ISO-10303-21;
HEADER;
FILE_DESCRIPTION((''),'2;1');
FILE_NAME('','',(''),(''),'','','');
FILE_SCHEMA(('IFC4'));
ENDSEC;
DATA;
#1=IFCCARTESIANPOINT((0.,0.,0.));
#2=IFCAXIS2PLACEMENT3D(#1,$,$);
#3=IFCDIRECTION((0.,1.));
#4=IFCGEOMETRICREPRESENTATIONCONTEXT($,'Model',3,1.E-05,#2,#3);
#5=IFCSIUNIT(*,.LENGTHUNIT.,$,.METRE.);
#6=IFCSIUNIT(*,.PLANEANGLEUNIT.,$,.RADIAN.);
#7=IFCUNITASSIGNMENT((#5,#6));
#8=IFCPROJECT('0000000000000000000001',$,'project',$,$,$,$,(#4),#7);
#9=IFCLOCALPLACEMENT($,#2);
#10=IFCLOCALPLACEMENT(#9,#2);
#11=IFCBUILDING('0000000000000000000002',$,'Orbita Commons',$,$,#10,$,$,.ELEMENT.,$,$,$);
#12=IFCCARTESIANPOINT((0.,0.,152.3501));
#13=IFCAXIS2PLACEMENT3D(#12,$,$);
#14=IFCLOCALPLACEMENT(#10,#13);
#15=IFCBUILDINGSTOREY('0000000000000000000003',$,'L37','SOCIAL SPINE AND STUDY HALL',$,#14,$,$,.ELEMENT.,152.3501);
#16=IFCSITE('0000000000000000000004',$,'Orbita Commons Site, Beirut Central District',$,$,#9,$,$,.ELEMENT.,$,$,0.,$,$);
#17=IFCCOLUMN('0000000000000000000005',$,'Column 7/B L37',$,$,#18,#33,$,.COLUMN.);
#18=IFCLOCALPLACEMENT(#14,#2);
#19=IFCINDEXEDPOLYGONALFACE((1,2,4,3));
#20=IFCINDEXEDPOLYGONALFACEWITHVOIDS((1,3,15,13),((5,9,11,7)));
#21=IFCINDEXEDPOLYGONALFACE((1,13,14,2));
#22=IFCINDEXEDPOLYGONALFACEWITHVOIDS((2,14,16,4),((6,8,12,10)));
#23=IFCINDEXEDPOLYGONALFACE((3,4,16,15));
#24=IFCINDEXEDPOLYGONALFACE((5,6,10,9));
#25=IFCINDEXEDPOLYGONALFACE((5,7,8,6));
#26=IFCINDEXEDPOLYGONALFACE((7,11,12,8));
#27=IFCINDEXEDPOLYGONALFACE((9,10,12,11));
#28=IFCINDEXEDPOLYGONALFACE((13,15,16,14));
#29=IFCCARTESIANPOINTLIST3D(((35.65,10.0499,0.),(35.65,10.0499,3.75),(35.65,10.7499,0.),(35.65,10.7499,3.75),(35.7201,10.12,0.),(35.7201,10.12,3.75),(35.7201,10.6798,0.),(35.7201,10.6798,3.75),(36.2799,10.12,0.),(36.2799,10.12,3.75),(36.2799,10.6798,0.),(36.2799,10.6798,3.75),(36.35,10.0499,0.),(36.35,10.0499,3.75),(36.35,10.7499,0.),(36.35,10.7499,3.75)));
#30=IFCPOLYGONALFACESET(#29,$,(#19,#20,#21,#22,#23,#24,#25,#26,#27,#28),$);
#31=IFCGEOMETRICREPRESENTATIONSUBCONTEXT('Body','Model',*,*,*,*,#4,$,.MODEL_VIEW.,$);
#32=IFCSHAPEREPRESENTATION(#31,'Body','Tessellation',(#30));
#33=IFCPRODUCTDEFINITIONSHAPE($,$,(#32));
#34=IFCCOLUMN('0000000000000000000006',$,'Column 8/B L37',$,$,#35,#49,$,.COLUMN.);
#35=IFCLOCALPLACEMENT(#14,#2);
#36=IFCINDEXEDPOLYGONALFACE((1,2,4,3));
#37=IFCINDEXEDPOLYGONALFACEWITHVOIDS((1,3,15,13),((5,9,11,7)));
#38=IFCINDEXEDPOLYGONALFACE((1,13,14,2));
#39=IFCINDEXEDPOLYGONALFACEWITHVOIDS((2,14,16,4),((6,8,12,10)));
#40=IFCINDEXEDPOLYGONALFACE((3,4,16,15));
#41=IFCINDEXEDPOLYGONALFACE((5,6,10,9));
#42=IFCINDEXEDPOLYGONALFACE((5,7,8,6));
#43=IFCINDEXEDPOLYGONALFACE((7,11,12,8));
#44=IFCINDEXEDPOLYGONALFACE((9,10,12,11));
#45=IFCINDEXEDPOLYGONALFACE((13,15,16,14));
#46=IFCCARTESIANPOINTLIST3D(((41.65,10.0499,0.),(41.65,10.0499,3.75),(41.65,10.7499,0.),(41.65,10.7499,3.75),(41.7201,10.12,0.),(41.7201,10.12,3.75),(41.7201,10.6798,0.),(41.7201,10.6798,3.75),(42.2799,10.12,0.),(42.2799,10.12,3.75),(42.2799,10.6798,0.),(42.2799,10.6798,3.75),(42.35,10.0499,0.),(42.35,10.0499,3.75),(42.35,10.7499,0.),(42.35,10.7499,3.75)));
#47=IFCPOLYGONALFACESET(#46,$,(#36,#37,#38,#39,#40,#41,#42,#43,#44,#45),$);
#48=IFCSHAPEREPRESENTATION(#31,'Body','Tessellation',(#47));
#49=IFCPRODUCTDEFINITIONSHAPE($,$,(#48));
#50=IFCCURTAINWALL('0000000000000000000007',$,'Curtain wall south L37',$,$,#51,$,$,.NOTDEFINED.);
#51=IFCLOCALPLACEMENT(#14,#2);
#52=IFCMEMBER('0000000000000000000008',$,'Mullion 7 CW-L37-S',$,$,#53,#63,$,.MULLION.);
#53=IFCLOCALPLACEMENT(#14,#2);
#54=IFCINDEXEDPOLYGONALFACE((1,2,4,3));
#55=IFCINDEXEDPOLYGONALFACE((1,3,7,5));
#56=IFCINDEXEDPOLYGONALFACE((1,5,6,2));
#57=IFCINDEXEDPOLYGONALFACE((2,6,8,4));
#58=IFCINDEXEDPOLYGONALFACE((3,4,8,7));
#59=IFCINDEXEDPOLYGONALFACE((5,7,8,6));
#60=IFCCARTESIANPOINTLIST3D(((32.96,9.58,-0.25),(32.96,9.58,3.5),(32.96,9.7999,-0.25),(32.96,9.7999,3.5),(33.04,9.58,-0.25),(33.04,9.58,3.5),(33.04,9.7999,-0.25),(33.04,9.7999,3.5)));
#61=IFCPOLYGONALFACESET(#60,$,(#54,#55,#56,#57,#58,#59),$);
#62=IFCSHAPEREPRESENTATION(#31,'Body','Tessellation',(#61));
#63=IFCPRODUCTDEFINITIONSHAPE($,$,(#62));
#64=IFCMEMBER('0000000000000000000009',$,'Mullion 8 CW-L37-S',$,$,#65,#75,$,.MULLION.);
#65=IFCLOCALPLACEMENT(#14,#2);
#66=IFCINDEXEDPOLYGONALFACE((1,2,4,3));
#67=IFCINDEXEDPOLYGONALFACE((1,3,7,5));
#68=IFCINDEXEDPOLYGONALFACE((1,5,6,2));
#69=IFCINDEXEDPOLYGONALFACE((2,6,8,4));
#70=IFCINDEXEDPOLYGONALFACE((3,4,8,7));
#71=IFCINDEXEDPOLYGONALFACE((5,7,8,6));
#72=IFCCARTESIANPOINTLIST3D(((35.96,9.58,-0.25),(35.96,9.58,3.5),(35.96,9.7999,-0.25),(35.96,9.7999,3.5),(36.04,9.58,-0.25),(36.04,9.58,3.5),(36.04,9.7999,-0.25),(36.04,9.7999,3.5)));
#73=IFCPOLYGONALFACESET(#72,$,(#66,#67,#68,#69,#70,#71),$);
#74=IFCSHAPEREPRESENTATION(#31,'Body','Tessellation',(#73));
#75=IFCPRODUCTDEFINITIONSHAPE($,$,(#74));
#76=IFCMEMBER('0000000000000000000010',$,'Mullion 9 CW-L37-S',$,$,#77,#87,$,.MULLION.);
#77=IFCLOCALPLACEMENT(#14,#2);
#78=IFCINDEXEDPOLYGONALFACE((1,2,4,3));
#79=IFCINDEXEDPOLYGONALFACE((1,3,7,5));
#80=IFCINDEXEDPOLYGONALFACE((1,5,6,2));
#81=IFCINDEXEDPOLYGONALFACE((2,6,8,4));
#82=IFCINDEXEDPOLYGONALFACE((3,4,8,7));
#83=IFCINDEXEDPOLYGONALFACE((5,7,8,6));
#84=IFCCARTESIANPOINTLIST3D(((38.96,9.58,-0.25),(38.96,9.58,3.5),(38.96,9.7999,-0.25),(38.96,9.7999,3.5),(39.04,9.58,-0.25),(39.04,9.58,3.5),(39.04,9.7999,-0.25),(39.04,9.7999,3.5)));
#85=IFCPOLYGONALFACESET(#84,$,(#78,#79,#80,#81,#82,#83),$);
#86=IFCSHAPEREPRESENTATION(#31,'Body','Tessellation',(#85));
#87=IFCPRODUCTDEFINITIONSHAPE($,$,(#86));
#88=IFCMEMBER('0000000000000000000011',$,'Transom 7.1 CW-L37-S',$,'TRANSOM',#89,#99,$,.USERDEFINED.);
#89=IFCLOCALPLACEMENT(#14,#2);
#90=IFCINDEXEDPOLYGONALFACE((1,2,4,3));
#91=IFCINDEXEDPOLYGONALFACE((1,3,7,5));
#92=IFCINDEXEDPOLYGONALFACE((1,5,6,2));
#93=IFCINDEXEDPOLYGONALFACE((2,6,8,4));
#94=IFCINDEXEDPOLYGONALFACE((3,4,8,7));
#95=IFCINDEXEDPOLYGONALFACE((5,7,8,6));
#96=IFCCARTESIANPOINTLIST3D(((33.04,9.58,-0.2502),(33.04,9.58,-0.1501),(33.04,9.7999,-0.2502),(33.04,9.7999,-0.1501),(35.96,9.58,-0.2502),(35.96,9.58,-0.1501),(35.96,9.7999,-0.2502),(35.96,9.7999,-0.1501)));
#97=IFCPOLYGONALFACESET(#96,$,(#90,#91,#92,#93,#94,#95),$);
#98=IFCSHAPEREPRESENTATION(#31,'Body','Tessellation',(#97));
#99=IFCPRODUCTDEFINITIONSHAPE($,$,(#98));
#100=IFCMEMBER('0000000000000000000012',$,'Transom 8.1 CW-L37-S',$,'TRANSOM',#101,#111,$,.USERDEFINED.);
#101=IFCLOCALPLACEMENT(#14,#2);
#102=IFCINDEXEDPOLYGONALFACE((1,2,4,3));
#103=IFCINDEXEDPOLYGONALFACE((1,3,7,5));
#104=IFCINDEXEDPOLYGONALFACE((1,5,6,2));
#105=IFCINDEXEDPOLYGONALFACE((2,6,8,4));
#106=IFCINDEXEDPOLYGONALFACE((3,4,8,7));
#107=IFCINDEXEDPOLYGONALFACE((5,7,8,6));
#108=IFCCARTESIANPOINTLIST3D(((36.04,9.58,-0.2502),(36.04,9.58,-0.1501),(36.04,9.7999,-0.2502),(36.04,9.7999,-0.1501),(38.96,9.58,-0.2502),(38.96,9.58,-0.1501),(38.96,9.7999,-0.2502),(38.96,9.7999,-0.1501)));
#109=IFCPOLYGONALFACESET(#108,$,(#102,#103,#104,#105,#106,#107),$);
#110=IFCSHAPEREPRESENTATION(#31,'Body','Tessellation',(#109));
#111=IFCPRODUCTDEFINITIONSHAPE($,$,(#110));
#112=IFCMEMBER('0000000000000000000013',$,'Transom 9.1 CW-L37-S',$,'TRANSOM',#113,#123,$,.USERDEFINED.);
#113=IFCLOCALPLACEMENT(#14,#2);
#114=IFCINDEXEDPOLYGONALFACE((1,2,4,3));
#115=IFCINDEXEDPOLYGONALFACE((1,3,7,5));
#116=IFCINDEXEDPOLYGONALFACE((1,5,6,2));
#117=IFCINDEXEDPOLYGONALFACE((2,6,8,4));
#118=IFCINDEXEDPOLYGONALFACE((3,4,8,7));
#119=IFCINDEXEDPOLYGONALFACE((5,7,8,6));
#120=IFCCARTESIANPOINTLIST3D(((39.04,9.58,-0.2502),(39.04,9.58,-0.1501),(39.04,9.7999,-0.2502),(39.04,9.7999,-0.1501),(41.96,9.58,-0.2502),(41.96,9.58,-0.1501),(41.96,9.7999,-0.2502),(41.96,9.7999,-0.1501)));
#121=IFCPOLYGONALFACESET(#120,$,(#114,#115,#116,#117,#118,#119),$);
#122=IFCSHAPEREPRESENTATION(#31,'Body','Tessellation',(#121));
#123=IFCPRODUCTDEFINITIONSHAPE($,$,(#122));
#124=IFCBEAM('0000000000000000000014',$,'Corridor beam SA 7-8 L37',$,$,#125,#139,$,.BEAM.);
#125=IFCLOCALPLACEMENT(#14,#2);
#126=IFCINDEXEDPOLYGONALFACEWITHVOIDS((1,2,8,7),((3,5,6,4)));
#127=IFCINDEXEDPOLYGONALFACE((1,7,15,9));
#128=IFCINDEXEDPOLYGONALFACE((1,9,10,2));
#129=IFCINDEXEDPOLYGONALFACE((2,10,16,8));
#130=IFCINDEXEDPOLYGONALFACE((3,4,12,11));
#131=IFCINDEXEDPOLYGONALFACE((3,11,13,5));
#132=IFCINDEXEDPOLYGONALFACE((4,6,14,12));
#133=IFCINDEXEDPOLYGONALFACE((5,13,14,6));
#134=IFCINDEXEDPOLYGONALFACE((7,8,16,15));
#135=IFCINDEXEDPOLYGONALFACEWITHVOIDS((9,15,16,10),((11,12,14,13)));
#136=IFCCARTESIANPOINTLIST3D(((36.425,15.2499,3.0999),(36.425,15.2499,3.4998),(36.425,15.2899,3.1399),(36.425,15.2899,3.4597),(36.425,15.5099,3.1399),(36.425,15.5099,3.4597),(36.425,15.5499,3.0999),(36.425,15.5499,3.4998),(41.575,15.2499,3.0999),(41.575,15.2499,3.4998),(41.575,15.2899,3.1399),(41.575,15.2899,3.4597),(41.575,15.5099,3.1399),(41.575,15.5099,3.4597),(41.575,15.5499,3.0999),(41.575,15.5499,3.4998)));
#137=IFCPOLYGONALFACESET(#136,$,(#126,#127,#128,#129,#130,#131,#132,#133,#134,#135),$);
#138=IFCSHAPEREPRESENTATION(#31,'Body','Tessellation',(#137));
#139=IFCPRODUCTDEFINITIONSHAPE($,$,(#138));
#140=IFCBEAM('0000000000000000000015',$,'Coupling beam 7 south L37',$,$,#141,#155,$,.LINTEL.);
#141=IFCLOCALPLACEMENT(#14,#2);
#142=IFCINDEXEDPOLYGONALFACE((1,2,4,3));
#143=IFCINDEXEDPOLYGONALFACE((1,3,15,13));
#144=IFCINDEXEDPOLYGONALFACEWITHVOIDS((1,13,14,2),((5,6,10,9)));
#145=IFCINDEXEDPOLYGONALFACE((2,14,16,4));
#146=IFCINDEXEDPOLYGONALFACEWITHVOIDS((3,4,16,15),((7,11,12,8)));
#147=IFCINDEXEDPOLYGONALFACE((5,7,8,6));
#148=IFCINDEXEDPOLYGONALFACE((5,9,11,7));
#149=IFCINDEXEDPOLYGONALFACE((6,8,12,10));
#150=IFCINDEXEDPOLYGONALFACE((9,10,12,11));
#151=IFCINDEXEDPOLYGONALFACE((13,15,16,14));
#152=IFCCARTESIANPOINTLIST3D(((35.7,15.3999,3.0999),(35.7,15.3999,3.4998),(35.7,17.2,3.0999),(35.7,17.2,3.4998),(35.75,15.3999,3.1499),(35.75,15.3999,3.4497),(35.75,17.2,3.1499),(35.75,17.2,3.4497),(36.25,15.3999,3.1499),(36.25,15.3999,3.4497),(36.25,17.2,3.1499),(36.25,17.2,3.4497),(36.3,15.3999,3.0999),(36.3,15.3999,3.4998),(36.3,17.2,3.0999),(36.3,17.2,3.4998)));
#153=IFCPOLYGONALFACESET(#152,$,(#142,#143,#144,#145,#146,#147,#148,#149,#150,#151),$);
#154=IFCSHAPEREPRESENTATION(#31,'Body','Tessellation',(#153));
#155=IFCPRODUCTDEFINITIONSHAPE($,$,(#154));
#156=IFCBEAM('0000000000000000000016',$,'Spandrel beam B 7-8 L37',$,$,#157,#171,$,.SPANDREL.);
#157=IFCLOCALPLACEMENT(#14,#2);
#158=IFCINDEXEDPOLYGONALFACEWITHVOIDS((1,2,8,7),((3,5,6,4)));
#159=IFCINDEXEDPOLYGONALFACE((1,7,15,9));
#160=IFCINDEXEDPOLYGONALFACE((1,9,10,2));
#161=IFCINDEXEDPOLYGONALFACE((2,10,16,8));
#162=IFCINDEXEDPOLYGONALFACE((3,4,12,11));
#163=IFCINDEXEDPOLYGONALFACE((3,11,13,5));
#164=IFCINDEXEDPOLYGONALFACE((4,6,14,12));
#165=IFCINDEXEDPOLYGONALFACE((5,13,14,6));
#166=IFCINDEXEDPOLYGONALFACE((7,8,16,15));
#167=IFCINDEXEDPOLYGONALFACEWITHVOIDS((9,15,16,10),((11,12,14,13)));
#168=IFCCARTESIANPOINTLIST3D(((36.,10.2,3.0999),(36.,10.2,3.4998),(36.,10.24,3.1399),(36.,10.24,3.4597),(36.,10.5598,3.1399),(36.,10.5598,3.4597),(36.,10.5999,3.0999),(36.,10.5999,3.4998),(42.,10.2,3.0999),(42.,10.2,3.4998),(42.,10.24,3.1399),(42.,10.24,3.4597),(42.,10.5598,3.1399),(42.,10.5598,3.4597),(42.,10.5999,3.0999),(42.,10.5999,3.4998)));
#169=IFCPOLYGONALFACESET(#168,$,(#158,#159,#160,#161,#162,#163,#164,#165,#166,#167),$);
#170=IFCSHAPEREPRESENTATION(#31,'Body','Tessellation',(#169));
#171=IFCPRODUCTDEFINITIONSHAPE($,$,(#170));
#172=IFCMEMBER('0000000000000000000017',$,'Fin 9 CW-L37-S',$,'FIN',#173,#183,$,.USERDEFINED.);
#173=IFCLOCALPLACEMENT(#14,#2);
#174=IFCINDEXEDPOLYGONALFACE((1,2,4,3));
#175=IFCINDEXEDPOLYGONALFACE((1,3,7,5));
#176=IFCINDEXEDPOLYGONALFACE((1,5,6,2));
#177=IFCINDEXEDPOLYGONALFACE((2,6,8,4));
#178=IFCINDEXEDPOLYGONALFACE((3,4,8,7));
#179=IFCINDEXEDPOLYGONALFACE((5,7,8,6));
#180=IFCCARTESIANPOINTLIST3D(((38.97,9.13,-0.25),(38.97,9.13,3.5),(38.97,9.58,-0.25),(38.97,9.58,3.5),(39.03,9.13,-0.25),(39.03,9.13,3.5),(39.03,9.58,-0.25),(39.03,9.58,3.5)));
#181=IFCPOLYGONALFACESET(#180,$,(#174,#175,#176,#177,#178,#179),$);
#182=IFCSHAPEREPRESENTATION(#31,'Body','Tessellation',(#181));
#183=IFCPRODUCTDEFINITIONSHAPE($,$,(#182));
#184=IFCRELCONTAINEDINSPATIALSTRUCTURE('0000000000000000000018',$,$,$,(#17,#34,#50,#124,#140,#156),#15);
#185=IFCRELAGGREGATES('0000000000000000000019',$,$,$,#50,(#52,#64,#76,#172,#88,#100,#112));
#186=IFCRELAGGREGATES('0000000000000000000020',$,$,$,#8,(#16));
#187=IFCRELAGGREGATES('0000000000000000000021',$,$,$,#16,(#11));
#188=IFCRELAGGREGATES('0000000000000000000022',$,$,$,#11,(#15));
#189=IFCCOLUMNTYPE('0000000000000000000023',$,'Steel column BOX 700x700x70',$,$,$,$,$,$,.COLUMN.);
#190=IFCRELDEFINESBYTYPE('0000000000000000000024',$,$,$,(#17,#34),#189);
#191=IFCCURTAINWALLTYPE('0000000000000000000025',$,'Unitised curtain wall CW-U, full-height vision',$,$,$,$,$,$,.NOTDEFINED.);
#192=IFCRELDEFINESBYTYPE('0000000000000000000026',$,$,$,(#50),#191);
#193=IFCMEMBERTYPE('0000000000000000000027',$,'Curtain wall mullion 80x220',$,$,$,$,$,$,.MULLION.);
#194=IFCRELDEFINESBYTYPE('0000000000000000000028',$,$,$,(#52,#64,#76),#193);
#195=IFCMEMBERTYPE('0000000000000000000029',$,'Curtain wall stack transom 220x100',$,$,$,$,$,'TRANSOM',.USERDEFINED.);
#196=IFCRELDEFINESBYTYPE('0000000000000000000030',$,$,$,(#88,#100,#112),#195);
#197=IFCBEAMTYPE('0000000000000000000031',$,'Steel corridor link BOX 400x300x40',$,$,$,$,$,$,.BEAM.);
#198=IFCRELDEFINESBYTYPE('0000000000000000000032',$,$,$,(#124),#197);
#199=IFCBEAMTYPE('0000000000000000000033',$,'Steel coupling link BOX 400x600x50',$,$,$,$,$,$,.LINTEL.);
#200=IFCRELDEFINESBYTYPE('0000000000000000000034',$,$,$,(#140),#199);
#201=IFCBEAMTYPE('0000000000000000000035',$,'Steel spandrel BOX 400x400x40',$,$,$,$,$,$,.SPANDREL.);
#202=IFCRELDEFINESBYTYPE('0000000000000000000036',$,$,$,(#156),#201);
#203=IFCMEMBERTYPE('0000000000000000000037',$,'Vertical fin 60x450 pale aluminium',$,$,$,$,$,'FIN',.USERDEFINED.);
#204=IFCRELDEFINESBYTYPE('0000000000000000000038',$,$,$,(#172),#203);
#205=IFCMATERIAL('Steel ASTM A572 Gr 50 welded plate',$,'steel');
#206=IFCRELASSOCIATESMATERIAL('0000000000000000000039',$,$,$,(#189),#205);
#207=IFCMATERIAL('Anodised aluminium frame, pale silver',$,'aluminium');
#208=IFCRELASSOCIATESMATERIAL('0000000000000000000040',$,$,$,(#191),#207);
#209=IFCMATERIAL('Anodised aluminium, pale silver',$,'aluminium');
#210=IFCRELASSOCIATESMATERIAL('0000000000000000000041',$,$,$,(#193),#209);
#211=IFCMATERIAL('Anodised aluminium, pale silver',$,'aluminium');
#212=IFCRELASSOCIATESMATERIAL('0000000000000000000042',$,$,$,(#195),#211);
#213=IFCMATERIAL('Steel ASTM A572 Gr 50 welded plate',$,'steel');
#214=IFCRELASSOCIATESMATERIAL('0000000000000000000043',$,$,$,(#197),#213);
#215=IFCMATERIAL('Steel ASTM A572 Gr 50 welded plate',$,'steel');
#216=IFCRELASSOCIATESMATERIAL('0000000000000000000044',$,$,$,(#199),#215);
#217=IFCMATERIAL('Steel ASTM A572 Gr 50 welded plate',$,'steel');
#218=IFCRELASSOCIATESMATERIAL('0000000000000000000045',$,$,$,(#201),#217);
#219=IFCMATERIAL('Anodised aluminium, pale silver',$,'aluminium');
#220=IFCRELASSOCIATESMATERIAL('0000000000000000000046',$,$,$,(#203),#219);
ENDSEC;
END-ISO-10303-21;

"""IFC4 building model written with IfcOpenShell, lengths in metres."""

from ifc_helpers import new_model, si_unit, direction, frame, origin, origin_2d, place, context, subcontext, project, spatial, rectangle, hollow_rectangle, extrude, material, material_profile, profile_set, type_object, element, aggregate, save


model = new_model("IFC4")

# Units and contexts
model_context = context("Model", 3, precision=1e-05, world=origin(), true_north=direction((0.0, 1.0)))
body_context = subcontext(model_context, "Body", "Model", "MODEL_VIEW")
ifc_project = project(units=[si_unit("LENGTHUNIT", "METRE"), si_unit("PLANEANGLEUNIT", "RADIAN")], contexts=[model_context])

# Site, building, storey
site_placement = place(None, origin())
site = spatial("IfcSite", under=ifc_project, at=site_placement, Name="Orbita Commons Site, Beirut Central District", CompositionType="ELEMENT", RefElevation=0.0)
building_placement = place(site_placement, origin())
building = spatial("IfcBuilding", under=site, at=building_placement, Name="Orbita Commons", CompositionType="ELEMENT")
storey_placement = place(building_placement, frame((0.0, 0.0, 152.3501)))
storey = spatial("IfcBuildingStorey", under=building, at=storey_placement, Name="L37", Description="SOCIAL SPINE AND STUDY HALL", CompositionType="ELEMENT", Elevation=152.3501)

# Columns
ifc_material_1 = material(Name="Steel ASTM A572 Gr 50 welded plate", Category="steel")
ifc_material_profile_1 = material_profile(ifc_material_1, hollow_rectangle(XDim=0.7, YDim=0.7, WallThickness=0.0701, at=origin_2d()), Name="BOX 700x700x70")
ifc_profile_set_1 = profile_set([ifc_material_profile_1], Name="Steel ASTM A572 Gr 50 welded plate")
column_type = type_object("IfcColumnType", Name="Steel column BOX 700x700x70", PredefinedType="COLUMN", material=ifc_profile_set_1)
for number, where, z_axis, x_axis, name in (
    (1, (36.0, 10.3999, 0.0), (0.0, 0.0, 1.0), (1.0, 0.0, 0.0), "Column 7/B L37"),
    (2, (42.0, 10.3999, 0.0), (0.0, 0.0, 1.0), (1.0, 0.0, 0.0), "Column 8/B L37"),
):
    element("IfcColumn", number, at=place(storey_placement, frame(where, z_axis=z_axis, x_axis=x_axis)), inside=storey, type_object=column_type, Name=name, PredefinedType="COLUMN", context=body_context, shape_type="SweptSolid", body=[
        extrude(hollow_rectangle(XDim=0.7, YDim=0.7, WallThickness=0.0701, at=origin_2d()), origin(), (0.0, 0.0, 1.0), 3.75),
    ])

# Curtain wall, members
ifc_material_2 = material(Name="Anodised aluminium frame, pale silver", Category="aluminium")
curtain_wall_type = type_object("IfcCurtainWallType", Name="Unitised curtain wall CW-U, full-height vision", PredefinedType="NOTDEFINED", material=ifc_material_2)
curtain_wall_placement = place(storey_placement, origin())
curtain_wall = element("IfcCurtainWall", 3, at=curtain_wall_placement, inside=storey, type_object=curtain_wall_type, Name="Curtain wall south L37", PredefinedType="NOTDEFINED")
ifc_material_3 = material(Name="Anodised aluminium, pale silver", Category="aluminium")
ifc_material_profile_2 = material_profile(ifc_material_3, rectangle(XDim=0.0801, YDim=0.22, at=origin_2d()), Name="AL 80x220")
ifc_profile_set_2 = profile_set([ifc_material_profile_2], Name="Anodised aluminium, pale silver")
member_type_1 = type_object("IfcMemberType", Name="Curtain wall mullion 80x220", PredefinedType="MULLION", material=ifc_profile_set_2)
member_1_placement = place(storey_placement, frame((33.0, 9.6899, -0.25), z_axis=(0.0, 0.0, 1.0), x_axis=(1.0, 0.0, 0.0)))
member_1 = element("IfcMember", 4, at=member_1_placement, type_object=member_type_1, Name="Mullion 7 CW-L37-S", PredefinedType="MULLION", context=body_context, shape_type="SweptSolid", body=[
    extrude(rectangle(XDim=0.0801, YDim=0.22, at=origin_2d()), origin(), (0.0, 0.0, 1.0), 3.75),
])
member_2_placement = place(storey_placement, frame((36.0, 9.6899, -0.25), z_axis=(0.0, 0.0, 1.0), x_axis=(1.0, 0.0, 0.0)))
member_2 = element("IfcMember", 5, at=member_2_placement, type_object=member_type_1, Name="Mullion 8 CW-L37-S", PredefinedType="MULLION", context=body_context, shape_type="SweptSolid", body=[
    extrude(rectangle(XDim=0.0801, YDim=0.22, at=origin_2d()), origin(), (0.0, 0.0, 1.0), 3.75),
])
member_3_placement = place(storey_placement, frame((39.0, 9.6899, -0.25), z_axis=(0.0, 0.0, 1.0), x_axis=(1.0, 0.0, 0.0)))
member_3 = element("IfcMember", 6, at=member_3_placement, type_object=member_type_1, Name="Mullion 9 CW-L37-S", PredefinedType="MULLION", context=body_context, shape_type="SweptSolid", body=[
    extrude(rectangle(XDim=0.0801, YDim=0.22, at=origin_2d()), origin(), (0.0, 0.0, 1.0), 3.75),
])
ifc_material_4 = material(Name="Anodised aluminium, pale silver", Category="aluminium")
ifc_material_profile_3 = material_profile(ifc_material_4, rectangle(XDim=0.22, YDim=0.1001, at=origin_2d()), Name="AL 220x100")
ifc_profile_set_3 = profile_set([ifc_material_profile_3], Name="Anodised aluminium, pale silver")
member_type_2 = type_object("IfcMemberType", Name="Curtain wall stack transom 220x100", ElementType="TRANSOM", PredefinedType="USERDEFINED", material=ifc_profile_set_3)
member_4_placement = place(storey_placement, frame((33.04, 9.6899, -0.2002), z_axis=(1.0, 0.0, 0.0), x_axis=(0.0, 1.0, 0.0)))
member_4 = element("IfcMember", 7, at=member_4_placement, type_object=member_type_2, Name="Transom 7.1 CW-L37-S", ObjectType="TRANSOM", PredefinedType="USERDEFINED", context=body_context, shape_type="SweptSolid", body=[
    extrude(rectangle(XDim=0.22, YDim=0.1001, at=origin_2d()), origin(), (0.0, 0.0, 1.0), 2.9199),
])
member_5_placement = place(storey_placement, frame((36.04, 9.6899, -0.2002), z_axis=(1.0, 0.0, 0.0), x_axis=(0.0, 1.0, 0.0)))
member_5 = element("IfcMember", 8, at=member_5_placement, type_object=member_type_2, Name="Transom 8.1 CW-L37-S", ObjectType="TRANSOM", PredefinedType="USERDEFINED", context=body_context, shape_type="SweptSolid", body=[
    extrude(rectangle(XDim=0.22, YDim=0.1001, at=origin_2d()), origin(), (0.0, 0.0, 1.0), 2.9199),
])
member_6_placement = place(storey_placement, frame((39.04, 9.6899, -0.2002), z_axis=(1.0, 0.0, 0.0), x_axis=(0.0, 1.0, 0.0)))
member_6 = element("IfcMember", 9, at=member_6_placement, type_object=member_type_2, Name="Transom 9.1 CW-L37-S", ObjectType="TRANSOM", PredefinedType="USERDEFINED", context=body_context, shape_type="SweptSolid", body=[
    extrude(rectangle(XDim=0.22, YDim=0.1001, at=origin_2d()), origin(), (0.0, 0.0, 1.0), 2.9199),
])

# Beams
ifc_material_5 = material(Name="Steel ASTM A572 Gr 50 welded plate", Category="steel")
ifc_material_profile_4 = material_profile(ifc_material_5, hollow_rectangle(XDim=0.3, YDim=0.3999, WallThickness=0.04, at=origin_2d()), Name="BOX 400x300x40")
ifc_profile_set_4 = profile_set([ifc_material_profile_4], Name="Steel ASTM A572 Gr 50 welded plate")
beam_type_1 = type_object("IfcBeamType", Name="Steel corridor link BOX 400x300x40", PredefinedType="BEAM", material=ifc_profile_set_4)
beam_1_placement = place(storey_placement, frame((36.425, 15.3999, 3.2998), z_axis=(1.0, 0.0, 0.0), x_axis=(0.0, 1.0, 0.0)))
element("IfcBeam", 10, at=beam_1_placement, inside=storey, type_object=beam_type_1, Name="Corridor beam SA 7-8 L37", PredefinedType="BEAM", context=body_context, shape_type="SweptSolid", body=[
    extrude(hollow_rectangle(XDim=0.3, YDim=0.3999, WallThickness=0.04, at=origin_2d()), origin(), (0.0, 0.0, 1.0), 5.1499),
])
ifc_material_6 = material(Name="Steel ASTM A572 Gr 50 welded plate", Category="steel")
ifc_material_profile_5 = material_profile(ifc_material_6, hollow_rectangle(XDim=0.6001, YDim=0.3999, WallThickness=0.05, at=origin_2d()), Name="BOX 400x600x50")
ifc_profile_set_5 = profile_set([ifc_material_profile_5], Name="Steel ASTM A572 Gr 50 welded plate")
beam_type_2 = type_object("IfcBeamType", Name="Steel coupling link BOX 400x600x50", PredefinedType="LINTEL", material=ifc_profile_set_5)
beam_2_placement = place(storey_placement, frame((36.0, 15.3999, 3.2998), z_axis=(0.0, 1.0, 0.0), x_axis=(-1.0, 0.0, 0.0)))
element("IfcBeam", 11, at=beam_2_placement, inside=storey, type_object=beam_type_2, Name="Coupling beam 7 south L37", PredefinedType="LINTEL", context=body_context, shape_type="SweptSolid", body=[
    extrude(hollow_rectangle(XDim=0.6001, YDim=0.3999, WallThickness=0.05, at=origin_2d()), origin(), (0.0, 0.0, 1.0), 1.8),
])
ifc_material_7 = material(Name="Steel ASTM A572 Gr 50 welded plate", Category="steel")
ifc_material_profile_6 = material_profile(ifc_material_7, hollow_rectangle(XDim=0.3999, YDim=0.3999, WallThickness=0.04, at=origin_2d()), Name="BOX 400x400x40")
ifc_profile_set_6 = profile_set([ifc_material_profile_6], Name="Steel ASTM A572 Gr 50 welded plate")
beam_type_3 = type_object("IfcBeamType", Name="Steel spandrel BOX 400x400x40", PredefinedType="SPANDREL", material=ifc_profile_set_6)
beam_3_placement = place(storey_placement, frame((36.0, 10.3999, 3.2998), z_axis=(1.0, 0.0, 0.0), x_axis=(0.0, 1.0, 0.0)))
element("IfcBeam", 12, at=beam_3_placement, inside=storey, type_object=beam_type_3, Name="Spandrel beam B 7-8 L37", PredefinedType="SPANDREL", context=body_context, shape_type="SweptSolid", body=[
    extrude(hollow_rectangle(XDim=0.3999, YDim=0.3999, WallThickness=0.04, at=origin_2d()), origin(), (0.0, 0.0, 1.0), 6.0),
])

# Member
ifc_material_8 = material(Name="Anodised aluminium, pale silver", Category="aluminium")
ifc_material_profile_7 = material_profile(ifc_material_8, rectangle(XDim=0.0601, YDim=0.45, at=origin_2d()), Name="FIN 60x450")
ifc_profile_set_7 = profile_set([ifc_material_profile_7], Name="Anodised aluminium, pale silver")
member_type_3 = type_object("IfcMemberType", Name="Vertical fin 60x450 pale aluminium", ElementType="FIN", PredefinedType="USERDEFINED", material=ifc_profile_set_7)
member_7_placement = place(storey_placement, frame((39.0, 9.355, -0.25), z_axis=(0.0, 0.0, 1.0), x_axis=(1.0, 0.0, 0.0)))
member_7 = element("IfcMember", 13, at=member_7_placement, type_object=member_type_3, Name="Fin 9 CW-L37-S", ObjectType="FIN", PredefinedType="USERDEFINED", context=body_context, shape_type="SweptSolid", body=[
    extrude(rectangle(XDim=0.0601, YDim=0.45, at=origin_2d()), origin(), (0.0, 0.0, 1.0), 3.75),
])

aggregate(curtain_wall, [member_1, member_2, member_3, member_7, member_4, member_5, member_6])

save(model, "model.ifc")
